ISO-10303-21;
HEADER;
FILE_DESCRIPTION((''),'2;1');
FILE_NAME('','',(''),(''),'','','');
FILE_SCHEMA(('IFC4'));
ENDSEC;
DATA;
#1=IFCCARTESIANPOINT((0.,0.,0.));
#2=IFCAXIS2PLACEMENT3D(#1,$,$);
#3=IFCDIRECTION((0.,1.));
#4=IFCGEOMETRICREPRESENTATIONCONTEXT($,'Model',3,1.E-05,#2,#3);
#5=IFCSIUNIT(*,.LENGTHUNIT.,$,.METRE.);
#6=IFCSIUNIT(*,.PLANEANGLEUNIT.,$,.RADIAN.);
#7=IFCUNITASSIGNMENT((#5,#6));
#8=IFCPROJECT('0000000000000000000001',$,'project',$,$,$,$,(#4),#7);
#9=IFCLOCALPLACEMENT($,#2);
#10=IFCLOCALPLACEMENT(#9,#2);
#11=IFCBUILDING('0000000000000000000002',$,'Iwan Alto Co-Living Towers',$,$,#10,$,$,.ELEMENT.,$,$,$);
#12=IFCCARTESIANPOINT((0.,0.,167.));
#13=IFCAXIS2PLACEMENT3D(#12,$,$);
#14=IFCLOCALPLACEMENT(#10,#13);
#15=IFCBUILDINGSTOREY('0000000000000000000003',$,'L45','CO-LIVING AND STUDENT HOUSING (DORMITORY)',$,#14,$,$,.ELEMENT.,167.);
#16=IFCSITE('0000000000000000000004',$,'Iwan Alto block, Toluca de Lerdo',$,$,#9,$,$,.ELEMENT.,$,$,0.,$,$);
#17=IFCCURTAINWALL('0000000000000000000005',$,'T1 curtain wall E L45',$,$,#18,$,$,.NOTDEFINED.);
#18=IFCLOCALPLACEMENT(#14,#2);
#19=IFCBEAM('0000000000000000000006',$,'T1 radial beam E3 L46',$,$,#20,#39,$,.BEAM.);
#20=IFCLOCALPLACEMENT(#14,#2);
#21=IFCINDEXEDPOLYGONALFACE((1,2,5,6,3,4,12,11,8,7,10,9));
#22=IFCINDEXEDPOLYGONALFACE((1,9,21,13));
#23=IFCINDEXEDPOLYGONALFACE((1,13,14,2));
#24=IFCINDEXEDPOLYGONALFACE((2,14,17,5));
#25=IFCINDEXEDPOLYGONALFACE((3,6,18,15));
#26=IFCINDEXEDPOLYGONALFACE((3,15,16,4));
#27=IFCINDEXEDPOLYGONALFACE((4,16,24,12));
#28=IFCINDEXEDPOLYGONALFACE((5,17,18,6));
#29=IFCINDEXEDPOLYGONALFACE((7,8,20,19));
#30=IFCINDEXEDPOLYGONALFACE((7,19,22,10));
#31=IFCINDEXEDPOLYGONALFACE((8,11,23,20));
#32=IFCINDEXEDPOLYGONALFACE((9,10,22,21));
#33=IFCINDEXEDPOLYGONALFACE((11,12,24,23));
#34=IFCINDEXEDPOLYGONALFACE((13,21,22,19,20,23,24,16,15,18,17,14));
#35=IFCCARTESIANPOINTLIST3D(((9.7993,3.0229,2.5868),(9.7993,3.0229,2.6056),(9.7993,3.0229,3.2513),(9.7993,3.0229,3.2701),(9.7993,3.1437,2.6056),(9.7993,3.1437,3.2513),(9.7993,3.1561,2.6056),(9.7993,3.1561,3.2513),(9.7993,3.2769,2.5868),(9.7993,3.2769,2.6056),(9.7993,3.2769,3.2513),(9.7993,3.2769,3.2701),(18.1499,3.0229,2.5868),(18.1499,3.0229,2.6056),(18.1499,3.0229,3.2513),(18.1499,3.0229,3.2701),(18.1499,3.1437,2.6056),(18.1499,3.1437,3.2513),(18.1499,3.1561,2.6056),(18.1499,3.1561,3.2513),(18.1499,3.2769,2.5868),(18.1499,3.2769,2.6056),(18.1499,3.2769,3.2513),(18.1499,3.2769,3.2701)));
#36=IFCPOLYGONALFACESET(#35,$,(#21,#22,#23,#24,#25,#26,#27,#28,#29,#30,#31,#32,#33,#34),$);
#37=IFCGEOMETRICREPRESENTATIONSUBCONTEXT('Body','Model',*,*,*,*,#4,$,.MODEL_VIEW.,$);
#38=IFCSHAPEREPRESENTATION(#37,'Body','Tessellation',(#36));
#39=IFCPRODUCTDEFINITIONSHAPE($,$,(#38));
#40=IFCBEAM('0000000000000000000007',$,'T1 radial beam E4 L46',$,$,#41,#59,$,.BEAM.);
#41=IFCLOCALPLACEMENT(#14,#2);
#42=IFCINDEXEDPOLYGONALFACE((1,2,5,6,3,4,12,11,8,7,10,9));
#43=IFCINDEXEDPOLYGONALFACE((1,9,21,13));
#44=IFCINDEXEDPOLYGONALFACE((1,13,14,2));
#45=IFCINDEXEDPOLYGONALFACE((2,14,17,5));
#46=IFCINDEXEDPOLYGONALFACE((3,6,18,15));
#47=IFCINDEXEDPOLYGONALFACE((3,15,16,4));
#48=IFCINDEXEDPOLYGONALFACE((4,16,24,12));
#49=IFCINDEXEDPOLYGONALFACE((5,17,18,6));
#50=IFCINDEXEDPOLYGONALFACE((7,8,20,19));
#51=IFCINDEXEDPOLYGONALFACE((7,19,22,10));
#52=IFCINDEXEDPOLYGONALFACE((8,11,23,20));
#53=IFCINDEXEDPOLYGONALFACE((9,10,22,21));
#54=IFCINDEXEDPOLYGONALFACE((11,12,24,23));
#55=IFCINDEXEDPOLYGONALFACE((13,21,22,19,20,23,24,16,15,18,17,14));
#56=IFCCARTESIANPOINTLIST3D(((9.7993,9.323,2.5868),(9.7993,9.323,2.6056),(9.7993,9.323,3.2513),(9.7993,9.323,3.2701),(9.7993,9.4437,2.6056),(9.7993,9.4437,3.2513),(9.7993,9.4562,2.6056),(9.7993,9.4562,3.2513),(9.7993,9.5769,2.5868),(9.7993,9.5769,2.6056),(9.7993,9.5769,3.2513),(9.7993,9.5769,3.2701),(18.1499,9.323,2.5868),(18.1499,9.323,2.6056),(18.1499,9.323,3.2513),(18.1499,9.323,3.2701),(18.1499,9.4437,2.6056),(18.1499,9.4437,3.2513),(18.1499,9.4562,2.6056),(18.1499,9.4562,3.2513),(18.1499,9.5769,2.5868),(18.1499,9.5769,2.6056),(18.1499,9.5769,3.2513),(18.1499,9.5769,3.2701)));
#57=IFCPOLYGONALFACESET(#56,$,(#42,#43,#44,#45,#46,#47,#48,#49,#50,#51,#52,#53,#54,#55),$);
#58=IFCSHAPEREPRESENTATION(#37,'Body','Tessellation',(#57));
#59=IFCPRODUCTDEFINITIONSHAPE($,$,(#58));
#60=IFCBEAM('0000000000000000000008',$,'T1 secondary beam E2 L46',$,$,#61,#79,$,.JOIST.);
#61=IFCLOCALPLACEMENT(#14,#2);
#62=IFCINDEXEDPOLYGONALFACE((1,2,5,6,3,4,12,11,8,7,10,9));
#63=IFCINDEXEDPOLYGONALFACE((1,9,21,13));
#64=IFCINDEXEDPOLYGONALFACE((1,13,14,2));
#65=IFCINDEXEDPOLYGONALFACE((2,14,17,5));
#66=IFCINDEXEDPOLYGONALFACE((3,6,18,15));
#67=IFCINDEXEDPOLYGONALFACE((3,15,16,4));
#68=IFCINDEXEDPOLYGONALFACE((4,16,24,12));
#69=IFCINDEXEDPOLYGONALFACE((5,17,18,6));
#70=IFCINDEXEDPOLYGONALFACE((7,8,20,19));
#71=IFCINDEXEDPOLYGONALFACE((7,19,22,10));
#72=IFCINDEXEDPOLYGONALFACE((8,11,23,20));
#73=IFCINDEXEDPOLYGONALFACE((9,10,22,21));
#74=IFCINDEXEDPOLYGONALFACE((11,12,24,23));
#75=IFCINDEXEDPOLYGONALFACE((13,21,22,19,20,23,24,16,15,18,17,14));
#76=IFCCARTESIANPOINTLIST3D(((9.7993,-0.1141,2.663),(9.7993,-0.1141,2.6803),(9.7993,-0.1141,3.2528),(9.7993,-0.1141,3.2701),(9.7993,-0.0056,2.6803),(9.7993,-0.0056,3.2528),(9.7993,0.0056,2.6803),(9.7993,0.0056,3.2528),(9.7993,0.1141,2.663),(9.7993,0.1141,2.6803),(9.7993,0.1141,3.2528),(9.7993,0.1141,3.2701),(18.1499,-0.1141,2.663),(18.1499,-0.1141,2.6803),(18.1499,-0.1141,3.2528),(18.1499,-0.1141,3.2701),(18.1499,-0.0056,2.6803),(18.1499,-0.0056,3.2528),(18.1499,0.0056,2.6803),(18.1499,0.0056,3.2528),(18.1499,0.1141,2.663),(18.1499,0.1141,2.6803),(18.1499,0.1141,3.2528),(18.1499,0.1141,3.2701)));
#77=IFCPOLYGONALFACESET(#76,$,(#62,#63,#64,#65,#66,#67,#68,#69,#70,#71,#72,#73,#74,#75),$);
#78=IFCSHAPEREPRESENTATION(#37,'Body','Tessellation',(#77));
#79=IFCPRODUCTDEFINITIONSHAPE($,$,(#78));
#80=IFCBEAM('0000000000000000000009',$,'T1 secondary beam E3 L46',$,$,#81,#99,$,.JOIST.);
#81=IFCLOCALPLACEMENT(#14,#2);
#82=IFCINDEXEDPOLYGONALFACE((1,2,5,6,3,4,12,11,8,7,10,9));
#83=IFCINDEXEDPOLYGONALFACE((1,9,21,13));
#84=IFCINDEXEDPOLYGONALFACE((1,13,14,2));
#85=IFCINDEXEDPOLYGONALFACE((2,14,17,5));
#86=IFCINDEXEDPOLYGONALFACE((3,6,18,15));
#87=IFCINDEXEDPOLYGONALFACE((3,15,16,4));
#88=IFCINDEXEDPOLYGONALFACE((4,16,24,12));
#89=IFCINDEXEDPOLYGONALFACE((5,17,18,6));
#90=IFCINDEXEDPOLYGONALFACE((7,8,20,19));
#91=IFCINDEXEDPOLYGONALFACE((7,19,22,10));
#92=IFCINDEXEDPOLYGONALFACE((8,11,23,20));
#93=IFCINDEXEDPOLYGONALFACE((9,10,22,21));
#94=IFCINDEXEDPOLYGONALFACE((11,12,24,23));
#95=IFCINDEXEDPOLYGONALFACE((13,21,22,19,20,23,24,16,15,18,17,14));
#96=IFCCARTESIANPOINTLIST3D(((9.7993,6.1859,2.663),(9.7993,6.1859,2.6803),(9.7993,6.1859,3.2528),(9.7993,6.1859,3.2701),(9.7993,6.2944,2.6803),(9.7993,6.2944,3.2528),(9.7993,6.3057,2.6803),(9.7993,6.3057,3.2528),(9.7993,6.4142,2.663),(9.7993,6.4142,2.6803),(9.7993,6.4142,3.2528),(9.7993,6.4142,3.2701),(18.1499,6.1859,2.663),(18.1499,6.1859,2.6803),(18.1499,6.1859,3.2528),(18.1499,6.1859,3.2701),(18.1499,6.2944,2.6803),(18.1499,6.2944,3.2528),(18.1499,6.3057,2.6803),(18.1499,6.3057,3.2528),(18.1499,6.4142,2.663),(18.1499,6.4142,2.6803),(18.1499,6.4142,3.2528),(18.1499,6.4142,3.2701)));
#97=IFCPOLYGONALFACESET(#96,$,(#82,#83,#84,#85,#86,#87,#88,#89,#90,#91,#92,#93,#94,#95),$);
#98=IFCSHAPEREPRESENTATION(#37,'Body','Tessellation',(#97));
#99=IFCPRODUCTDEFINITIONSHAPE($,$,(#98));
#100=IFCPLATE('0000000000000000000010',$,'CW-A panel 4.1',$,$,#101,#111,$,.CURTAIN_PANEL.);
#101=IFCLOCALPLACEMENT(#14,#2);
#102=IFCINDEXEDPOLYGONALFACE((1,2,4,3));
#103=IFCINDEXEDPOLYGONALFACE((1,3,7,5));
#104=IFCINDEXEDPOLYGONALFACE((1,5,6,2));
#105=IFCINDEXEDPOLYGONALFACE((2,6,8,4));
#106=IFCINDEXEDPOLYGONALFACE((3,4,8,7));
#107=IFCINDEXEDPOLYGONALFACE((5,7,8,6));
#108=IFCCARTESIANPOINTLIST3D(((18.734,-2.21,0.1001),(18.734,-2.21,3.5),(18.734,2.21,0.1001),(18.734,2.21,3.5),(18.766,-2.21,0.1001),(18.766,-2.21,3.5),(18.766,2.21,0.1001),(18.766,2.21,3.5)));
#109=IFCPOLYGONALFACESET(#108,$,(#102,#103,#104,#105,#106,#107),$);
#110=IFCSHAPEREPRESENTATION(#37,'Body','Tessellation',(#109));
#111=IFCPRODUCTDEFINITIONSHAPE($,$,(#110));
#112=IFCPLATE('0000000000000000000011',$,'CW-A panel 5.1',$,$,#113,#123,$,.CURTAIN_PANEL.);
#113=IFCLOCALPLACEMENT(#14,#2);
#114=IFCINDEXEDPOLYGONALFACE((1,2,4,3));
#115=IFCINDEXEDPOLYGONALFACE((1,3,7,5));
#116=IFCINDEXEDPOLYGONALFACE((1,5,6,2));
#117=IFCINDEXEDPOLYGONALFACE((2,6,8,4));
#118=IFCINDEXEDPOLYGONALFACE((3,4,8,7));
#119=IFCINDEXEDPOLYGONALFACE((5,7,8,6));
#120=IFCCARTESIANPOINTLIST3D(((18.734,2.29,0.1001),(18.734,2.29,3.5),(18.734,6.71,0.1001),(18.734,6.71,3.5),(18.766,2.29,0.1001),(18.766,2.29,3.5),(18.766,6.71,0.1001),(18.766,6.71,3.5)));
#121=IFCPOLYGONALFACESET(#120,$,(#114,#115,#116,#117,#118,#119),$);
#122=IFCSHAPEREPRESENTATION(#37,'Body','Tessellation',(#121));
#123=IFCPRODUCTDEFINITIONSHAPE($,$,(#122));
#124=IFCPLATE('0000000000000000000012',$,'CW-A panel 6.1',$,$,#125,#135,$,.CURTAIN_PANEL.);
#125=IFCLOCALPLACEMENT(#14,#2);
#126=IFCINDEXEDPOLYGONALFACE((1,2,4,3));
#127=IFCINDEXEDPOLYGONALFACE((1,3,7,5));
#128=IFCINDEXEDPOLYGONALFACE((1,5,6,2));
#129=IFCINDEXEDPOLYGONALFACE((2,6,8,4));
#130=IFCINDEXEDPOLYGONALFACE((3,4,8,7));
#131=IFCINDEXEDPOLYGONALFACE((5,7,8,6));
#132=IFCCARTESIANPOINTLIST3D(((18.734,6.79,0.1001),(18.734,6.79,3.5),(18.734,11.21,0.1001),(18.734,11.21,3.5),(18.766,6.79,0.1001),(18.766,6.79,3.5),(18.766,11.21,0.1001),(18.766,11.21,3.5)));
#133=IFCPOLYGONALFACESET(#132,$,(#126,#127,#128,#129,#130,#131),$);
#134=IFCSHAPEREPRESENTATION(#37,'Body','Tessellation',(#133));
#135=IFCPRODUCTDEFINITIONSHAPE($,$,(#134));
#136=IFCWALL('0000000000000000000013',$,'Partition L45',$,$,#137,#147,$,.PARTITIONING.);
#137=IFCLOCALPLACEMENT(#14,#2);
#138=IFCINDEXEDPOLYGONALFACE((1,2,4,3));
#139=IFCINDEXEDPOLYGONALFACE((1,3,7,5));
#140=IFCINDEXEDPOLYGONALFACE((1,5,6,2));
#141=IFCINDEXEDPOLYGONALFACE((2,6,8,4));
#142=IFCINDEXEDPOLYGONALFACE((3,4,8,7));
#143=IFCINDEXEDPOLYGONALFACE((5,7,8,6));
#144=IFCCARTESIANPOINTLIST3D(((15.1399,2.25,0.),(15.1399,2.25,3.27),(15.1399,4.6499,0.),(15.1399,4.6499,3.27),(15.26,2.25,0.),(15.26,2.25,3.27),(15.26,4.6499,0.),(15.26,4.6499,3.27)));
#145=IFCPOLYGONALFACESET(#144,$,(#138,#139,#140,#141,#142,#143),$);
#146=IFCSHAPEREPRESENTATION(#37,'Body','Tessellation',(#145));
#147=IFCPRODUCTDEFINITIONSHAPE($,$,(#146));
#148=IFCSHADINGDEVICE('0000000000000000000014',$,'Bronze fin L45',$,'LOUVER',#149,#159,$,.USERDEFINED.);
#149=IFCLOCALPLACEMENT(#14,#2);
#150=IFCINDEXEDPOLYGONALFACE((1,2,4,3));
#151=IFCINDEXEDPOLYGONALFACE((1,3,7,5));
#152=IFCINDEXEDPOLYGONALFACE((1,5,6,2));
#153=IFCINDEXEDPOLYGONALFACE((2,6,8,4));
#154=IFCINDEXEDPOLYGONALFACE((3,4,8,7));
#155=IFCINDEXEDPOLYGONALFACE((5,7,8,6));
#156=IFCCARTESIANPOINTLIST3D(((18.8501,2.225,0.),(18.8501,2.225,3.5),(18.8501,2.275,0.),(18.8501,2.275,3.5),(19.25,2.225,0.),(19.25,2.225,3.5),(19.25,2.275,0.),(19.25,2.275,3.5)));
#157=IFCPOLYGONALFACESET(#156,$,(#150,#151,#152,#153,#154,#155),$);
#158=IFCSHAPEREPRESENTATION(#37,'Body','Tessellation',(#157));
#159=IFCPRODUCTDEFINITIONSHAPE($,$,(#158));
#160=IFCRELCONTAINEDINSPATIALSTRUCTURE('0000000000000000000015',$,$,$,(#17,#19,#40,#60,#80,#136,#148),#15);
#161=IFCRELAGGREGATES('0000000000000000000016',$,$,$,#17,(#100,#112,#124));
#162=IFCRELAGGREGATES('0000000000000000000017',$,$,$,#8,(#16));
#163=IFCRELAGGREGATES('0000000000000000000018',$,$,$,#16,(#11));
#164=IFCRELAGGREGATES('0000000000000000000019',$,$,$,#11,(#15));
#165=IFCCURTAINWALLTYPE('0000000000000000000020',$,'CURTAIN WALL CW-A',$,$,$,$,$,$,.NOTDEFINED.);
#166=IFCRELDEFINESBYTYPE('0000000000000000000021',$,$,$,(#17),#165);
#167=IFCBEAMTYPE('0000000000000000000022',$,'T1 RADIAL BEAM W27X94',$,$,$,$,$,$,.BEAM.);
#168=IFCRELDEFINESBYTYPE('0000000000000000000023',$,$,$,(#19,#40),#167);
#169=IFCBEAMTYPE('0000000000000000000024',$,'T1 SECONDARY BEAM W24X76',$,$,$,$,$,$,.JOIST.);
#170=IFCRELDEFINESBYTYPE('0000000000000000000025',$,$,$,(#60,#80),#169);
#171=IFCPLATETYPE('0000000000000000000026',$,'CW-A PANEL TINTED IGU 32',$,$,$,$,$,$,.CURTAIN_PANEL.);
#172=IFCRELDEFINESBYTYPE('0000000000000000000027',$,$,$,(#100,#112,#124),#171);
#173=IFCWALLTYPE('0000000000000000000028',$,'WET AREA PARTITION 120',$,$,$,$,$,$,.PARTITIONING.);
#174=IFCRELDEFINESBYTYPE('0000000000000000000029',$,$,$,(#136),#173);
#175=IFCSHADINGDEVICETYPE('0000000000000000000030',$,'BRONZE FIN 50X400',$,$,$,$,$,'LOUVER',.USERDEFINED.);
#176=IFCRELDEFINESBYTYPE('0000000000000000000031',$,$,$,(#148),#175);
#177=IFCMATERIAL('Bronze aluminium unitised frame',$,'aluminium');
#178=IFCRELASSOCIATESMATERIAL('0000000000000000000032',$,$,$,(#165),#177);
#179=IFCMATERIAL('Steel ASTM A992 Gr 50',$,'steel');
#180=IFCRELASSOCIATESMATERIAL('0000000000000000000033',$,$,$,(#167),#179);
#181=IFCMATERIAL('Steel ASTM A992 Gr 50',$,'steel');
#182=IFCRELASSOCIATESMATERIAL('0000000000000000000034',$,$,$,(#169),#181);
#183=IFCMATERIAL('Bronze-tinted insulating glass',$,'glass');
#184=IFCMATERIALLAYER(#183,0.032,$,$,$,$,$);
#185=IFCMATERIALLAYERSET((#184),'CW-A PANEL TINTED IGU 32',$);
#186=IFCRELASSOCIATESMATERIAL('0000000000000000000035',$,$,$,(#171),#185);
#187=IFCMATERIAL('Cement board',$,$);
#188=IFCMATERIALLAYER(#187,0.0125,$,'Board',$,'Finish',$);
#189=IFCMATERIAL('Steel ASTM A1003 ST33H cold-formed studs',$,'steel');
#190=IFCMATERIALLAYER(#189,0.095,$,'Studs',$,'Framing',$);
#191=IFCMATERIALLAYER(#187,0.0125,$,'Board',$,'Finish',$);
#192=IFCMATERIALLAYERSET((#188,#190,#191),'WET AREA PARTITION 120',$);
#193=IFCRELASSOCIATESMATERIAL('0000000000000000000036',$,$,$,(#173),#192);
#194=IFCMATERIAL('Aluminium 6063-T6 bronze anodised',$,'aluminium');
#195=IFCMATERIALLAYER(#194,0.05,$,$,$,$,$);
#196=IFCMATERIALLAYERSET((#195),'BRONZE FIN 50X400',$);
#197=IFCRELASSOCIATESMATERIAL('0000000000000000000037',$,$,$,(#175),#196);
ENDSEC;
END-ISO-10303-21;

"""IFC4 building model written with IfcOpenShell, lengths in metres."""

from ifc_helpers import new_model, si_unit, direction, frame, frame_2d, origin, origin_2d, place, context, subcontext, project, spatial, rectangle, i_section, extrude, material, layer, layer_set, material_profile, profile_set, type_object, element, aggregate, save


model = new_model("IFC4")

# Units and contexts
model_context = context("Model", 3, precision=1e-05, world=origin(), true_north=direction((0.0, 1.0)))
body_context = subcontext(model_context, "Body", "Model", "MODEL_VIEW")
ifc_project = project(units=[si_unit("LENGTHUNIT", "METRE"), si_unit("PLANEANGLEUNIT", "RADIAN")], contexts=[model_context])

# Site, building, storey
site_placement = place(None, origin())
site = spatial("IfcSite", under=ifc_project, at=site_placement, Name="Iwan Alto block, Toluca de Lerdo", CompositionType="ELEMENT", RefElevation=0.0)
building_placement = place(site_placement, origin())
building = spatial("IfcBuilding", under=site, at=building_placement, Name="Iwan Alto Co-Living Towers", CompositionType="ELEMENT")
storey_placement = place(building_placement, frame((0.0, 0.0, 167.0)))
storey = spatial("IfcBuildingStorey", under=building, at=storey_placement, Name="L45", Description="CO-LIVING AND STUDENT HOUSING (DORMITORY)", CompositionType="ELEMENT", Elevation=167.0)

# Curtain wall
ifc_material_1 = material(Name="Bronze aluminium unitised frame", Category="aluminium")
curtain_wall_type = type_object("IfcCurtainWallType", Name="CURTAIN WALL CW-A", PredefinedType="NOTDEFINED", material=ifc_material_1)
curtain_wall_placement = place(storey_placement, origin())
curtain_wall = element("IfcCurtainWall", 1, at=curtain_wall_placement, inside=storey, type_object=curtain_wall_type, Name="T1 curtain wall E L45", PredefinedType="NOTDEFINED")

# Beams
ifc_material_2 = material(Name="Steel ASTM A992 Gr 50", Category="steel")
ifc_material_profile_1 = material_profile(ifc_material_2, i_section(OverallWidth=0.2539, OverallDepth=0.6833, WebThickness=0.0125, FlangeThickness=0.0188, at=origin_2d()), Name="W27X94")
ifc_profile_set_1 = profile_set([ifc_material_profile_1], Name="Steel ASTM A992 Gr 50")
beam_type_1 = type_object("IfcBeamType", Name="T1 RADIAL BEAM W27X94", PredefinedType="BEAM", material=ifc_profile_set_1)
for number, where, z_axis, x_axis, name in (
    (2, (18.1499, 3.1499, 2.9285), (-1.0, 0.0, 0.0), (0.0, -1.0, 0.0), "T1 radial beam E3 L46"),
    (3, (18.1499, 9.45, 2.9285), (-1.0, 0.0, 0.0), (0.0, -1.0, 0.0), "T1 radial beam E4 L46"),
):
    element("IfcBeam", number, at=place(storey_placement, frame(where, z_axis=z_axis, x_axis=x_axis)), inside=storey, type_object=beam_type_1, Name=name, PredefinedType="BEAM", context=body_context, shape_type="SweptSolid", body=[
        extrude(i_section(OverallWidth=0.2539, OverallDepth=0.6833, WebThickness=0.0125, FlangeThickness=0.0188, at=origin_2d()), origin(), (0.0, 0.0, 1.0), 8.3506),
    ])
ifc_material_3 = material(Name="Steel ASTM A992 Gr 50", Category="steel")
ifc_material_profile_2 = material_profile(ifc_material_3, i_section(OverallWidth=0.2283, OverallDepth=0.6072, WebThickness=0.0112, FlangeThickness=0.0173, at=origin_2d()), Name="W24X76")
ifc_profile_set_2 = profile_set([ifc_material_profile_2], Name="Steel ASTM A992 Gr 50")
beam_type_2 = type_object("IfcBeamType", Name="T1 SECONDARY BEAM W24X76", PredefinedType="JOIST", material=ifc_profile_set_2)
for number, where, z_axis, x_axis, name in (
    (4, (18.1499, 0.0, 2.9666), (-1.0, 0.0, 0.0), (0.0, -1.0, 0.0), "T1 secondary beam E2 L46"),
    (5, (18.1499, 6.3, 2.9666), (-1.0, 0.0, 0.0), (0.0, -1.0, 0.0), "T1 secondary beam E3 L46"),
):
    element("IfcBeam", number, at=place(storey_placement, frame(where, z_axis=z_axis, x_axis=x_axis)), inside=storey, type_object=beam_type_2, Name=name, PredefinedType="JOIST", context=body_context, shape_type="SweptSolid", body=[
        extrude(i_section(OverallWidth=0.2283, OverallDepth=0.6072, WebThickness=0.0112, FlangeThickness=0.0173, at=origin_2d()), origin(), (0.0, 0.0, 1.0), 8.3506),
    ])

# Plates
ifc_material_4 = material(Name="Bronze-tinted insulating glass", Category="glass")
ifc_layer_1 = layer(ifc_material_4, 0.032)
ifc_layer_set_1 = layer_set([ifc_layer_1], Name="CW-A PANEL TINTED IGU 32")
plate_type = type_object("IfcPlateType", Name="CW-A PANEL TINTED IGU 32", PredefinedType="CURTAIN_PANEL", material=ifc_layer_set_1)
plate_1_placement = place(storey_placement, frame((18.75, 0.0, 0.1001), z_axis=(0.0, 0.0, 1.0), x_axis=(0.0, 1.0, 0.0)))
plate_1 = element("IfcPlate", 6, at=plate_1_placement, type_object=plate_type, Name="CW-A panel 4.1", PredefinedType="CURTAIN_PANEL", context=body_context, shape_type="SweptSolid", body=[
    extrude(rectangle(XDim=4.4199, YDim=0.032, at=origin_2d()), origin(), (0.0, 0.0, 1.0), 3.3999),
])
plate_2_placement = place(storey_placement, frame((18.75, 4.5, 0.1001), z_axis=(0.0, 0.0, 1.0), x_axis=(0.0, 1.0, 0.0)))
plate_2 = element("IfcPlate", 7, at=plate_2_placement, type_object=plate_type, Name="CW-A panel 5.1", PredefinedType="CURTAIN_PANEL", context=body_context, shape_type="SweptSolid", body=[
    extrude(rectangle(XDim=4.4199, YDim=0.032, at=origin_2d()), origin(), (0.0, 0.0, 1.0), 3.3999),
])
plate_3_placement = place(storey_placement, frame((18.75, 9.0, 0.1001), z_axis=(0.0, 0.0, 1.0), x_axis=(0.0, 1.0, 0.0)))
plate_3 = element("IfcPlate", 8, at=plate_3_placement, type_object=plate_type, Name="CW-A panel 6.1", PredefinedType="CURTAIN_PANEL", context=body_context, shape_type="SweptSolid", body=[
    extrude(rectangle(XDim=4.4199, YDim=0.032, at=origin_2d()), origin(), (0.0, 0.0, 1.0), 3.3999),
])
aggregate(curtain_wall, [plate_1, plate_2, plate_3])

# Wall
ifc_material_5 = material(Name="Cement board")
ifc_layer_2 = layer(ifc_material_5, 0.0125, Name="Board", Category="Finish")
ifc_material_6 = material(Name="Steel ASTM A1003 ST33H cold-formed studs", Category="steel")
ifc_layer_3 = layer(ifc_material_6, 0.095, Name="Studs", Category="Framing")
ifc_layer_4 = layer(ifc_material_5, 0.0125, Name="Board", Category="Finish")
ifc_layer_set_2 = layer_set([ifc_layer_2, ifc_layer_3, ifc_layer_4], Name="WET AREA PARTITION 120")
wall_type = type_object("IfcWallType", Name="WET AREA PARTITION 120", PredefinedType="PARTITIONING", material=ifc_layer_set_2)
wall_placement = place(storey_placement, frame((15.2, 2.25, 0.0), z_axis=(0.0, 0.0, 1.0), x_axis=(0.0, 1.0, 0.0)))
element("IfcWall", 9, at=wall_placement, inside=storey, type_object=wall_type, Name="Partition L45", PredefinedType="PARTITIONING", context=body_context, shape_type="SweptSolid", body=[
    extrude(rectangle(XDim=2.3999, YDim=0.1201, at=frame_2d((1.2, 0.0))), origin(), (0.0, 0.0, 1.0), 3.27),
])

# Shading device
ifc_material_7 = material(Name="Aluminium 6063-T6 bronze anodised", Category="aluminium")
ifc_layer_5 = layer(ifc_material_7, 0.05)
ifc_layer_set_3 = layer_set([ifc_layer_5], Name="BRONZE FIN 50X400")
shading_device_type = type_object("IfcShadingDeviceType", Name="BRONZE FIN 50X400", ElementType="LOUVER", PredefinedType="USERDEFINED", material=ifc_layer_set_3)
shading_device_placement = place(storey_placement, frame((19.05, 2.25, 0.0), z_axis=(0.0, 0.0, 1.0), x_axis=(0.0, 1.0, 0.0)))
element("IfcShadingDevice", 10, at=shading_device_placement, inside=storey, type_object=shading_device_type, Name="Bronze fin L45", ObjectType="LOUVER", PredefinedType="USERDEFINED", context=body_context, shape_type="SweptSolid", body=[
    extrude(rectangle(XDim=0.05, YDim=0.3999, at=origin_2d()), origin(), (0.0, 0.0, 1.0), 3.5),
])

save(model, "model.ifc")
